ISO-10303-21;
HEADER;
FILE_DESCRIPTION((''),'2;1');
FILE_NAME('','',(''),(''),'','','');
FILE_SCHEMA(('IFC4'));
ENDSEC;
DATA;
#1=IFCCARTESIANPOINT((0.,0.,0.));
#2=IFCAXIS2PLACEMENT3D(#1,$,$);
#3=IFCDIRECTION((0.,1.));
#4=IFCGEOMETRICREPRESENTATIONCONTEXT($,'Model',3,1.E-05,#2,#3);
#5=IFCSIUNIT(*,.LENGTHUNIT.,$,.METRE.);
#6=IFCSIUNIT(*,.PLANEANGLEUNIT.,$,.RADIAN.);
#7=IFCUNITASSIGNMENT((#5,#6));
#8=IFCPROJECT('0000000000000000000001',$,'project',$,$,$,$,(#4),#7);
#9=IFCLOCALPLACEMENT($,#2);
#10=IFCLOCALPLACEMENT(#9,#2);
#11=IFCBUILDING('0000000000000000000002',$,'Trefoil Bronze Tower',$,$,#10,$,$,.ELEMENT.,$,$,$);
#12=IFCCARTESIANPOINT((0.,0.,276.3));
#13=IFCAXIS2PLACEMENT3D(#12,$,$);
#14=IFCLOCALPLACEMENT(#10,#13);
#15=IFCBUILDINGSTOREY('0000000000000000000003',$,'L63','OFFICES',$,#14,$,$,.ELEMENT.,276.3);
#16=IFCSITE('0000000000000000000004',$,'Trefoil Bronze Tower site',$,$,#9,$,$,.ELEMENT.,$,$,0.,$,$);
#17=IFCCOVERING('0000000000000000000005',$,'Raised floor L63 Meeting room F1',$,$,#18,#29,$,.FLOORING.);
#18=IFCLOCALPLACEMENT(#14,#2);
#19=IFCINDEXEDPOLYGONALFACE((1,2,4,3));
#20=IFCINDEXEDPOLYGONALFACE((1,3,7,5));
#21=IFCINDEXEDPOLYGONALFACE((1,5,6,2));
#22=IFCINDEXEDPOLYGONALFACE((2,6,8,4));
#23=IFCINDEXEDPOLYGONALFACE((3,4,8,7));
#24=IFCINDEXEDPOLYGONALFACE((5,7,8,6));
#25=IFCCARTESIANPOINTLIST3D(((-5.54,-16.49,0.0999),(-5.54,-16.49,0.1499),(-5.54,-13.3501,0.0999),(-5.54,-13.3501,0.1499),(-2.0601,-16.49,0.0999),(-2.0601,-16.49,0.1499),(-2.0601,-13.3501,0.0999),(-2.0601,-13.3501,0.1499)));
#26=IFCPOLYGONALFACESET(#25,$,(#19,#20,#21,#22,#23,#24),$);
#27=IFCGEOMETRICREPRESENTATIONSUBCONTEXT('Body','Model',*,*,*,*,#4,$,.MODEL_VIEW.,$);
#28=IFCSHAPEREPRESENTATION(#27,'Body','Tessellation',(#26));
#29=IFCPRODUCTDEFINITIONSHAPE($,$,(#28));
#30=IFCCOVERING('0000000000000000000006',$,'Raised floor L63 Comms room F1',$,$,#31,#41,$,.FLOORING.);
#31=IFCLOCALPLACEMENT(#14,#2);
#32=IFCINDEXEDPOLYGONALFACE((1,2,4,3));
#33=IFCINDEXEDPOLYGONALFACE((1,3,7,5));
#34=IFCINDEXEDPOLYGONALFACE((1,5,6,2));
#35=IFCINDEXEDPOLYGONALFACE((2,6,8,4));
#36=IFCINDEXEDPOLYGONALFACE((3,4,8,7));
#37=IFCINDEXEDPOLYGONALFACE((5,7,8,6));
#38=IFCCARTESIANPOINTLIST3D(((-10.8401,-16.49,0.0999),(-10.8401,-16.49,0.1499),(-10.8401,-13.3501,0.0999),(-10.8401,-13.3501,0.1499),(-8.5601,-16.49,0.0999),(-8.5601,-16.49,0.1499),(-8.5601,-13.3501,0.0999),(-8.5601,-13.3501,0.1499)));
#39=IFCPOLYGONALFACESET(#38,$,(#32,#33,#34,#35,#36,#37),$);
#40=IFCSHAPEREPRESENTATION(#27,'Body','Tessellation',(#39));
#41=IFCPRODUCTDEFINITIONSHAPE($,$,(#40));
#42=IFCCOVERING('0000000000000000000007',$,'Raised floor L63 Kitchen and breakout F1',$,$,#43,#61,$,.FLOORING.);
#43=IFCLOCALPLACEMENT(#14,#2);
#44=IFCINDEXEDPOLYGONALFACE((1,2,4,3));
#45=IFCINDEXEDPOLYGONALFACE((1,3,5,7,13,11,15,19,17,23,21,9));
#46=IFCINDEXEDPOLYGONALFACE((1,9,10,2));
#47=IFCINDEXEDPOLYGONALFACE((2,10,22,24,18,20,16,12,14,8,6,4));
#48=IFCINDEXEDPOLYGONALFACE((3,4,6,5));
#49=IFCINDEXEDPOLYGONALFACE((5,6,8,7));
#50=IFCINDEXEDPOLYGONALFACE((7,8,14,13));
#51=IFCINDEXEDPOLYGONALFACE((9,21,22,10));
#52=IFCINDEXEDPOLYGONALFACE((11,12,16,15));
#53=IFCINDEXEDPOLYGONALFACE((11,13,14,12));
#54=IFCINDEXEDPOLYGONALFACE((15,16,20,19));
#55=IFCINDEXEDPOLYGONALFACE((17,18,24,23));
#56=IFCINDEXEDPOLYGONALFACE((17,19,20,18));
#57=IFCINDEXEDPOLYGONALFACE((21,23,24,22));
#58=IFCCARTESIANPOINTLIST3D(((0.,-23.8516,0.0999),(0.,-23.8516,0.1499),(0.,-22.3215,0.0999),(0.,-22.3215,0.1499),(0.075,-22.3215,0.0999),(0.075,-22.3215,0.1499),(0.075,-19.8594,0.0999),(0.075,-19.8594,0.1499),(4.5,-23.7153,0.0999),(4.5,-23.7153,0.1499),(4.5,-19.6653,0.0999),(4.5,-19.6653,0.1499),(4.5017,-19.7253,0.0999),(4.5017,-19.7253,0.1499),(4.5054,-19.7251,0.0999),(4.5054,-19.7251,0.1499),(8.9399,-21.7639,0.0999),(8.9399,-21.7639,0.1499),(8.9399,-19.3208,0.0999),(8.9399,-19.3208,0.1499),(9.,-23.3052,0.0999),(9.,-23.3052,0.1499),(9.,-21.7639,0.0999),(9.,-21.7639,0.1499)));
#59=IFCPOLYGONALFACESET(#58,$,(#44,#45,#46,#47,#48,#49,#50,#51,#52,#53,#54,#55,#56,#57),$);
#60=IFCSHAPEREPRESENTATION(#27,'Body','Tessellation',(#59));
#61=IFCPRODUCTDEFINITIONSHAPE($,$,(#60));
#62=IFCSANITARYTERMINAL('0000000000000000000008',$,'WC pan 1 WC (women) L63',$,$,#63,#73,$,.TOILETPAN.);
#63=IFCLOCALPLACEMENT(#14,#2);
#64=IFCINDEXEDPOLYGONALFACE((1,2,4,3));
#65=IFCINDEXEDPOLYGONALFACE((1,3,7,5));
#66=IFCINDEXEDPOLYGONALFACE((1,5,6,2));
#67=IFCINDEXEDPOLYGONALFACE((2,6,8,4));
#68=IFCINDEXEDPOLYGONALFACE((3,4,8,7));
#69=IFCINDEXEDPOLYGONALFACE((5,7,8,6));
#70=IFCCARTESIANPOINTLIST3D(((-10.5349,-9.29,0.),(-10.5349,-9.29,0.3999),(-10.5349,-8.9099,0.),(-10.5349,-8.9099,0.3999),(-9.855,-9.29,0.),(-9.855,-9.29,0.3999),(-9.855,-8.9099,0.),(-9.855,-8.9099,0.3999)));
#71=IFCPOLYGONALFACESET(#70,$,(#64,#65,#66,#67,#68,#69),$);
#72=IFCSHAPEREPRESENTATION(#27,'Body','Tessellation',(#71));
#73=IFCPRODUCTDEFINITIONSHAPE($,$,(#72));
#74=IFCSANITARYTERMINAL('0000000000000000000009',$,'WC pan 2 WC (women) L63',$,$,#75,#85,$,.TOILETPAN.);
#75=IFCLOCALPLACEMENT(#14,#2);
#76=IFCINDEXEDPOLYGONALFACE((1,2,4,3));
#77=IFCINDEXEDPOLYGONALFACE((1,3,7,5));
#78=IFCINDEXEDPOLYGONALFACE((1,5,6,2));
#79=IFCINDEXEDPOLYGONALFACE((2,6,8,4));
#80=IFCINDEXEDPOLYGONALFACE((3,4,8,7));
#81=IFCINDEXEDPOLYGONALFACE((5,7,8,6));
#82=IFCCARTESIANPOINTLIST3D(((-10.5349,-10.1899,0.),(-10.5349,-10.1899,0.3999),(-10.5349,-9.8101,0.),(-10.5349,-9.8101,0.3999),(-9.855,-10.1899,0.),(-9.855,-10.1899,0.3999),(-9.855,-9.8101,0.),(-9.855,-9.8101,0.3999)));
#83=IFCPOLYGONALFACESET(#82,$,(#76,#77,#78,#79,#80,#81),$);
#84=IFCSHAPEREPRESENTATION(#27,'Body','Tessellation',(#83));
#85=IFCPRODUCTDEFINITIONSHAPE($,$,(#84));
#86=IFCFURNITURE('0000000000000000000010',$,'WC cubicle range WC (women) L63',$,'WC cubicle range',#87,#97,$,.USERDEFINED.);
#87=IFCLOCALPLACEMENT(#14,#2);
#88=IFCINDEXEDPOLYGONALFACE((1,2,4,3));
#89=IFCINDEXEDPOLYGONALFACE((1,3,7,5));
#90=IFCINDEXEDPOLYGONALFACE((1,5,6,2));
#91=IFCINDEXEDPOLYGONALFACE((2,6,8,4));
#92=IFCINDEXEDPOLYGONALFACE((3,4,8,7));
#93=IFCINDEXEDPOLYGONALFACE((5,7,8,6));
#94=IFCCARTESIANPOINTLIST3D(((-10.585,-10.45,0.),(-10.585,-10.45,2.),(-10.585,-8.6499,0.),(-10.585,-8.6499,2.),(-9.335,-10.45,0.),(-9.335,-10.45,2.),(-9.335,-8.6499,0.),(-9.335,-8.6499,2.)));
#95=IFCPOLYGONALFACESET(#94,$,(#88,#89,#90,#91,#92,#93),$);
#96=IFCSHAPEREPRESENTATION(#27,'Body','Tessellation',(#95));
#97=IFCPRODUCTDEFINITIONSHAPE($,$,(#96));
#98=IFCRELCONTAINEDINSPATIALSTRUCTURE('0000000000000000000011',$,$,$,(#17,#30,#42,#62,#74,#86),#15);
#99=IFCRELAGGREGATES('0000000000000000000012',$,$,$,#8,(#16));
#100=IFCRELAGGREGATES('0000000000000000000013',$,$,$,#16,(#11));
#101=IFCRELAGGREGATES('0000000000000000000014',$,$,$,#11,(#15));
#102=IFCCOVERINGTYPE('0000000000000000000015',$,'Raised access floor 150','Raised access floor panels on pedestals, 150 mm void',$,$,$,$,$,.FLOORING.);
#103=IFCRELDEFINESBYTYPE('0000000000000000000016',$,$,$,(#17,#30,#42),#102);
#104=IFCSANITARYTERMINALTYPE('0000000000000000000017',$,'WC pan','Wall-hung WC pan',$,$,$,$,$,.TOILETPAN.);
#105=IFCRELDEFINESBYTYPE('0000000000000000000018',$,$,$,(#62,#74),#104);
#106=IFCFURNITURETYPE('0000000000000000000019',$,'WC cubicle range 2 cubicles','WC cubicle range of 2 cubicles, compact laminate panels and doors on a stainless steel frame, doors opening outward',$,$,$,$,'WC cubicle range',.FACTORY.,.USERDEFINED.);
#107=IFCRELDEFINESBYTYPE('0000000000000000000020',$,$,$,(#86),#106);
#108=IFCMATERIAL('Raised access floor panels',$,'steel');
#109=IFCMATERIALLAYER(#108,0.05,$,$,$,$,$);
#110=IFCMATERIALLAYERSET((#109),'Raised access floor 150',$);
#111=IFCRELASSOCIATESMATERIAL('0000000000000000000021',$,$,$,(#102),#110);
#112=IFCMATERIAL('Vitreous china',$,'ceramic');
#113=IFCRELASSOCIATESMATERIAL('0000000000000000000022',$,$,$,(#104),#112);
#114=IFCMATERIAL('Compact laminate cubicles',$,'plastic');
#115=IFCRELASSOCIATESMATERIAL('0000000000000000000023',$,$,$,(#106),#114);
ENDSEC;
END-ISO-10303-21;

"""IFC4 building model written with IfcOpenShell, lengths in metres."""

from ifc_helpers import new_model, si_unit, direction, frame, origin, place, context, subcontext, project, spatial, polyline, outline, extrude, material, layer, layer_set, type_object, element, save


model = new_model("IFC4")

# Units and contexts
model_context = context("Model", 3, precision=1e-05, world=origin(), true_north=direction((0.0, 1.0)))
body_context = subcontext(model_context, "Body", "Model", "MODEL_VIEW")
ifc_project = project(units=[si_unit("LENGTHUNIT", "METRE"), si_unit("PLANEANGLEUNIT", "RADIAN")], contexts=[model_context])

# Site, building, storey
site_placement = place(None, origin())
site = spatial("IfcSite", under=ifc_project, at=site_placement, Name="Trefoil Bronze Tower site", CompositionType="ELEMENT", RefElevation=0.0)
building_placement = place(site_placement, origin())
building = spatial("IfcBuilding", under=site, at=building_placement, Name="Trefoil Bronze Tower", CompositionType="ELEMENT")
storey_placement = place(building_placement, frame((0.0, 0.0, 276.3)))
storey = spatial("IfcBuildingStorey", under=building, at=storey_placement, Name="L63", Description="OFFICES", CompositionType="ELEMENT", Elevation=276.3)

# Coverings
ifc_material_1 = material(Name="Raised access floor panels", Category="steel")
ifc_layer_1 = layer(ifc_material_1, 0.05)
ifc_layer_set_1 = layer_set([ifc_layer_1], Name="Raised access floor 150")
covering_type_1 = type_object("IfcCoveringType", Name="Raised access floor 150", Description="Raised access floor panels on pedestals, 150 mm void", PredefinedType="FLOORING", material=ifc_layer_set_1)
covering_1_placement = place(storey_placement, frame((0.0, 0.0, 0.0999)))
element("IfcCovering", 1, at=covering_1_placement, inside=storey, type_object=covering_type_1, Name="Raised floor L63 Meeting room F1", PredefinedType="FLOORING", context=body_context, shape_type="SweptSolid", body=[
    extrude(outline(polyline([(-2.0601, -13.3501), (-2.0601, -16.49), (-5.54, -16.49), (-5.54, -13.3501), (-2.0601, -13.3501)])), origin(), (0.0, 0.0, 1.0), 0.05),
])
covering_2_placement = place(storey_placement, frame((0.0, 0.0, 0.0999)))
element("IfcCovering", 2, at=covering_2_placement, inside=storey, type_object=covering_type_1, Name="Raised floor L63 Comms room F1", PredefinedType="FLOORING", context=body_context, shape_type="SweptSolid", body=[
    extrude(outline(polyline([(-8.5601, -13.3501), (-8.5601, -16.49), (-10.8401, -16.49), (-10.8401, -13.3501), (-8.5601, -13.3501)])), origin(), (0.0, 0.0, 1.0), 0.05),
])
covering_3_placement = place(storey_placement, frame((0.0, 0.0, 0.0999)))
element("IfcCovering", 3, at=covering_3_placement, inside=storey, type_object=covering_type_1, Name="Raised floor L63 Kitchen and breakout F1", PredefinedType="FLOORING", context=body_context, shape_type="SweptSolid", body=[
    extrude(outline(polyline([(4.5, -23.7153), (0.0, -23.8516), (0.0, -22.3215), (0.075, -22.3215), (0.075, -19.8594), (4.5017, -19.7253), (4.5, -19.6653), (4.5054, -19.7251), (8.9399, -19.3208), (8.9399, -21.7639), (9.0, -21.7639), (9.0, -23.3052), (4.5, -23.7153)])), origin(), (0.0, 0.0, 1.0), 0.05),
])

# Sanitary terminals
ifc_material_2 = material(Name="Vitreous china", Category="ceramic")
sanitary_terminal_type = type_object("IfcSanitaryTerminalType", Name="WC pan", Description="Wall-hung WC pan", PredefinedType="TOILETPAN", material=ifc_material_2)
sanitary_terminal_1_placement = place(storey_placement, origin())
element("IfcSanitaryTerminal", 4, at=sanitary_terminal_1_placement, inside=storey, type_object=sanitary_terminal_type, Name="WC pan 1 WC (women) L63", PredefinedType="TOILETPAN", context=body_context, shape_type="SweptSolid", body=[
    extrude(outline(polyline([(-9.855, -8.9099), (-10.5349, -8.9099), (-10.5349, -9.29), (-9.855, -9.29), (-9.855, -8.9099)])), origin(), (0.0, 0.0, 1.0), 0.3999),
])
sanitary_terminal_2_placement = place(storey_placement, origin())
element("IfcSanitaryTerminal", 5, at=sanitary_terminal_2_placement, inside=storey, type_object=sanitary_terminal_type, Name="WC pan 2 WC (women) L63", PredefinedType="TOILETPAN", context=body_context, shape_type="SweptSolid", body=[
    extrude(outline(polyline([(-9.855, -9.8101), (-10.5349, -9.8101), (-10.5349, -10.1899), (-9.855, -10.1899), (-9.855, -9.8101)])), origin(), (0.0, 0.0, 1.0), 0.3999),
])

# Furniture
ifc_material_3 = material(Name="Compact laminate cubicles", Category="plastic")
furniture_type = type_object("IfcFurnitureType", Name="WC cubicle range 2 cubicles", Description="WC cubicle range of 2 cubicles, compact laminate panels and doors on a stainless steel frame, doors opening outward", ElementType="WC cubicle range", AssemblyPlace="FACTORY", PredefinedType="USERDEFINED", material=ifc_material_3)
furniture_placement = place(storey_placement, origin())
element("IfcFurniture", 6, at=furniture_placement, inside=storey, type_object=furniture_type, Name="WC cubicle range WC (women) L63", ObjectType="WC cubicle range", PredefinedType="USERDEFINED", context=body_context, shape_type="SweptSolid", body=[
    extrude(outline(polyline([(-9.335, -8.6499), (-10.585, -8.6499), (-10.585, -10.45), (-9.335, -10.45), (-9.335, -8.6499)])), origin(), (0.0, 0.0, 1.0), 2.0),
])

save(model, "model.ifc")
